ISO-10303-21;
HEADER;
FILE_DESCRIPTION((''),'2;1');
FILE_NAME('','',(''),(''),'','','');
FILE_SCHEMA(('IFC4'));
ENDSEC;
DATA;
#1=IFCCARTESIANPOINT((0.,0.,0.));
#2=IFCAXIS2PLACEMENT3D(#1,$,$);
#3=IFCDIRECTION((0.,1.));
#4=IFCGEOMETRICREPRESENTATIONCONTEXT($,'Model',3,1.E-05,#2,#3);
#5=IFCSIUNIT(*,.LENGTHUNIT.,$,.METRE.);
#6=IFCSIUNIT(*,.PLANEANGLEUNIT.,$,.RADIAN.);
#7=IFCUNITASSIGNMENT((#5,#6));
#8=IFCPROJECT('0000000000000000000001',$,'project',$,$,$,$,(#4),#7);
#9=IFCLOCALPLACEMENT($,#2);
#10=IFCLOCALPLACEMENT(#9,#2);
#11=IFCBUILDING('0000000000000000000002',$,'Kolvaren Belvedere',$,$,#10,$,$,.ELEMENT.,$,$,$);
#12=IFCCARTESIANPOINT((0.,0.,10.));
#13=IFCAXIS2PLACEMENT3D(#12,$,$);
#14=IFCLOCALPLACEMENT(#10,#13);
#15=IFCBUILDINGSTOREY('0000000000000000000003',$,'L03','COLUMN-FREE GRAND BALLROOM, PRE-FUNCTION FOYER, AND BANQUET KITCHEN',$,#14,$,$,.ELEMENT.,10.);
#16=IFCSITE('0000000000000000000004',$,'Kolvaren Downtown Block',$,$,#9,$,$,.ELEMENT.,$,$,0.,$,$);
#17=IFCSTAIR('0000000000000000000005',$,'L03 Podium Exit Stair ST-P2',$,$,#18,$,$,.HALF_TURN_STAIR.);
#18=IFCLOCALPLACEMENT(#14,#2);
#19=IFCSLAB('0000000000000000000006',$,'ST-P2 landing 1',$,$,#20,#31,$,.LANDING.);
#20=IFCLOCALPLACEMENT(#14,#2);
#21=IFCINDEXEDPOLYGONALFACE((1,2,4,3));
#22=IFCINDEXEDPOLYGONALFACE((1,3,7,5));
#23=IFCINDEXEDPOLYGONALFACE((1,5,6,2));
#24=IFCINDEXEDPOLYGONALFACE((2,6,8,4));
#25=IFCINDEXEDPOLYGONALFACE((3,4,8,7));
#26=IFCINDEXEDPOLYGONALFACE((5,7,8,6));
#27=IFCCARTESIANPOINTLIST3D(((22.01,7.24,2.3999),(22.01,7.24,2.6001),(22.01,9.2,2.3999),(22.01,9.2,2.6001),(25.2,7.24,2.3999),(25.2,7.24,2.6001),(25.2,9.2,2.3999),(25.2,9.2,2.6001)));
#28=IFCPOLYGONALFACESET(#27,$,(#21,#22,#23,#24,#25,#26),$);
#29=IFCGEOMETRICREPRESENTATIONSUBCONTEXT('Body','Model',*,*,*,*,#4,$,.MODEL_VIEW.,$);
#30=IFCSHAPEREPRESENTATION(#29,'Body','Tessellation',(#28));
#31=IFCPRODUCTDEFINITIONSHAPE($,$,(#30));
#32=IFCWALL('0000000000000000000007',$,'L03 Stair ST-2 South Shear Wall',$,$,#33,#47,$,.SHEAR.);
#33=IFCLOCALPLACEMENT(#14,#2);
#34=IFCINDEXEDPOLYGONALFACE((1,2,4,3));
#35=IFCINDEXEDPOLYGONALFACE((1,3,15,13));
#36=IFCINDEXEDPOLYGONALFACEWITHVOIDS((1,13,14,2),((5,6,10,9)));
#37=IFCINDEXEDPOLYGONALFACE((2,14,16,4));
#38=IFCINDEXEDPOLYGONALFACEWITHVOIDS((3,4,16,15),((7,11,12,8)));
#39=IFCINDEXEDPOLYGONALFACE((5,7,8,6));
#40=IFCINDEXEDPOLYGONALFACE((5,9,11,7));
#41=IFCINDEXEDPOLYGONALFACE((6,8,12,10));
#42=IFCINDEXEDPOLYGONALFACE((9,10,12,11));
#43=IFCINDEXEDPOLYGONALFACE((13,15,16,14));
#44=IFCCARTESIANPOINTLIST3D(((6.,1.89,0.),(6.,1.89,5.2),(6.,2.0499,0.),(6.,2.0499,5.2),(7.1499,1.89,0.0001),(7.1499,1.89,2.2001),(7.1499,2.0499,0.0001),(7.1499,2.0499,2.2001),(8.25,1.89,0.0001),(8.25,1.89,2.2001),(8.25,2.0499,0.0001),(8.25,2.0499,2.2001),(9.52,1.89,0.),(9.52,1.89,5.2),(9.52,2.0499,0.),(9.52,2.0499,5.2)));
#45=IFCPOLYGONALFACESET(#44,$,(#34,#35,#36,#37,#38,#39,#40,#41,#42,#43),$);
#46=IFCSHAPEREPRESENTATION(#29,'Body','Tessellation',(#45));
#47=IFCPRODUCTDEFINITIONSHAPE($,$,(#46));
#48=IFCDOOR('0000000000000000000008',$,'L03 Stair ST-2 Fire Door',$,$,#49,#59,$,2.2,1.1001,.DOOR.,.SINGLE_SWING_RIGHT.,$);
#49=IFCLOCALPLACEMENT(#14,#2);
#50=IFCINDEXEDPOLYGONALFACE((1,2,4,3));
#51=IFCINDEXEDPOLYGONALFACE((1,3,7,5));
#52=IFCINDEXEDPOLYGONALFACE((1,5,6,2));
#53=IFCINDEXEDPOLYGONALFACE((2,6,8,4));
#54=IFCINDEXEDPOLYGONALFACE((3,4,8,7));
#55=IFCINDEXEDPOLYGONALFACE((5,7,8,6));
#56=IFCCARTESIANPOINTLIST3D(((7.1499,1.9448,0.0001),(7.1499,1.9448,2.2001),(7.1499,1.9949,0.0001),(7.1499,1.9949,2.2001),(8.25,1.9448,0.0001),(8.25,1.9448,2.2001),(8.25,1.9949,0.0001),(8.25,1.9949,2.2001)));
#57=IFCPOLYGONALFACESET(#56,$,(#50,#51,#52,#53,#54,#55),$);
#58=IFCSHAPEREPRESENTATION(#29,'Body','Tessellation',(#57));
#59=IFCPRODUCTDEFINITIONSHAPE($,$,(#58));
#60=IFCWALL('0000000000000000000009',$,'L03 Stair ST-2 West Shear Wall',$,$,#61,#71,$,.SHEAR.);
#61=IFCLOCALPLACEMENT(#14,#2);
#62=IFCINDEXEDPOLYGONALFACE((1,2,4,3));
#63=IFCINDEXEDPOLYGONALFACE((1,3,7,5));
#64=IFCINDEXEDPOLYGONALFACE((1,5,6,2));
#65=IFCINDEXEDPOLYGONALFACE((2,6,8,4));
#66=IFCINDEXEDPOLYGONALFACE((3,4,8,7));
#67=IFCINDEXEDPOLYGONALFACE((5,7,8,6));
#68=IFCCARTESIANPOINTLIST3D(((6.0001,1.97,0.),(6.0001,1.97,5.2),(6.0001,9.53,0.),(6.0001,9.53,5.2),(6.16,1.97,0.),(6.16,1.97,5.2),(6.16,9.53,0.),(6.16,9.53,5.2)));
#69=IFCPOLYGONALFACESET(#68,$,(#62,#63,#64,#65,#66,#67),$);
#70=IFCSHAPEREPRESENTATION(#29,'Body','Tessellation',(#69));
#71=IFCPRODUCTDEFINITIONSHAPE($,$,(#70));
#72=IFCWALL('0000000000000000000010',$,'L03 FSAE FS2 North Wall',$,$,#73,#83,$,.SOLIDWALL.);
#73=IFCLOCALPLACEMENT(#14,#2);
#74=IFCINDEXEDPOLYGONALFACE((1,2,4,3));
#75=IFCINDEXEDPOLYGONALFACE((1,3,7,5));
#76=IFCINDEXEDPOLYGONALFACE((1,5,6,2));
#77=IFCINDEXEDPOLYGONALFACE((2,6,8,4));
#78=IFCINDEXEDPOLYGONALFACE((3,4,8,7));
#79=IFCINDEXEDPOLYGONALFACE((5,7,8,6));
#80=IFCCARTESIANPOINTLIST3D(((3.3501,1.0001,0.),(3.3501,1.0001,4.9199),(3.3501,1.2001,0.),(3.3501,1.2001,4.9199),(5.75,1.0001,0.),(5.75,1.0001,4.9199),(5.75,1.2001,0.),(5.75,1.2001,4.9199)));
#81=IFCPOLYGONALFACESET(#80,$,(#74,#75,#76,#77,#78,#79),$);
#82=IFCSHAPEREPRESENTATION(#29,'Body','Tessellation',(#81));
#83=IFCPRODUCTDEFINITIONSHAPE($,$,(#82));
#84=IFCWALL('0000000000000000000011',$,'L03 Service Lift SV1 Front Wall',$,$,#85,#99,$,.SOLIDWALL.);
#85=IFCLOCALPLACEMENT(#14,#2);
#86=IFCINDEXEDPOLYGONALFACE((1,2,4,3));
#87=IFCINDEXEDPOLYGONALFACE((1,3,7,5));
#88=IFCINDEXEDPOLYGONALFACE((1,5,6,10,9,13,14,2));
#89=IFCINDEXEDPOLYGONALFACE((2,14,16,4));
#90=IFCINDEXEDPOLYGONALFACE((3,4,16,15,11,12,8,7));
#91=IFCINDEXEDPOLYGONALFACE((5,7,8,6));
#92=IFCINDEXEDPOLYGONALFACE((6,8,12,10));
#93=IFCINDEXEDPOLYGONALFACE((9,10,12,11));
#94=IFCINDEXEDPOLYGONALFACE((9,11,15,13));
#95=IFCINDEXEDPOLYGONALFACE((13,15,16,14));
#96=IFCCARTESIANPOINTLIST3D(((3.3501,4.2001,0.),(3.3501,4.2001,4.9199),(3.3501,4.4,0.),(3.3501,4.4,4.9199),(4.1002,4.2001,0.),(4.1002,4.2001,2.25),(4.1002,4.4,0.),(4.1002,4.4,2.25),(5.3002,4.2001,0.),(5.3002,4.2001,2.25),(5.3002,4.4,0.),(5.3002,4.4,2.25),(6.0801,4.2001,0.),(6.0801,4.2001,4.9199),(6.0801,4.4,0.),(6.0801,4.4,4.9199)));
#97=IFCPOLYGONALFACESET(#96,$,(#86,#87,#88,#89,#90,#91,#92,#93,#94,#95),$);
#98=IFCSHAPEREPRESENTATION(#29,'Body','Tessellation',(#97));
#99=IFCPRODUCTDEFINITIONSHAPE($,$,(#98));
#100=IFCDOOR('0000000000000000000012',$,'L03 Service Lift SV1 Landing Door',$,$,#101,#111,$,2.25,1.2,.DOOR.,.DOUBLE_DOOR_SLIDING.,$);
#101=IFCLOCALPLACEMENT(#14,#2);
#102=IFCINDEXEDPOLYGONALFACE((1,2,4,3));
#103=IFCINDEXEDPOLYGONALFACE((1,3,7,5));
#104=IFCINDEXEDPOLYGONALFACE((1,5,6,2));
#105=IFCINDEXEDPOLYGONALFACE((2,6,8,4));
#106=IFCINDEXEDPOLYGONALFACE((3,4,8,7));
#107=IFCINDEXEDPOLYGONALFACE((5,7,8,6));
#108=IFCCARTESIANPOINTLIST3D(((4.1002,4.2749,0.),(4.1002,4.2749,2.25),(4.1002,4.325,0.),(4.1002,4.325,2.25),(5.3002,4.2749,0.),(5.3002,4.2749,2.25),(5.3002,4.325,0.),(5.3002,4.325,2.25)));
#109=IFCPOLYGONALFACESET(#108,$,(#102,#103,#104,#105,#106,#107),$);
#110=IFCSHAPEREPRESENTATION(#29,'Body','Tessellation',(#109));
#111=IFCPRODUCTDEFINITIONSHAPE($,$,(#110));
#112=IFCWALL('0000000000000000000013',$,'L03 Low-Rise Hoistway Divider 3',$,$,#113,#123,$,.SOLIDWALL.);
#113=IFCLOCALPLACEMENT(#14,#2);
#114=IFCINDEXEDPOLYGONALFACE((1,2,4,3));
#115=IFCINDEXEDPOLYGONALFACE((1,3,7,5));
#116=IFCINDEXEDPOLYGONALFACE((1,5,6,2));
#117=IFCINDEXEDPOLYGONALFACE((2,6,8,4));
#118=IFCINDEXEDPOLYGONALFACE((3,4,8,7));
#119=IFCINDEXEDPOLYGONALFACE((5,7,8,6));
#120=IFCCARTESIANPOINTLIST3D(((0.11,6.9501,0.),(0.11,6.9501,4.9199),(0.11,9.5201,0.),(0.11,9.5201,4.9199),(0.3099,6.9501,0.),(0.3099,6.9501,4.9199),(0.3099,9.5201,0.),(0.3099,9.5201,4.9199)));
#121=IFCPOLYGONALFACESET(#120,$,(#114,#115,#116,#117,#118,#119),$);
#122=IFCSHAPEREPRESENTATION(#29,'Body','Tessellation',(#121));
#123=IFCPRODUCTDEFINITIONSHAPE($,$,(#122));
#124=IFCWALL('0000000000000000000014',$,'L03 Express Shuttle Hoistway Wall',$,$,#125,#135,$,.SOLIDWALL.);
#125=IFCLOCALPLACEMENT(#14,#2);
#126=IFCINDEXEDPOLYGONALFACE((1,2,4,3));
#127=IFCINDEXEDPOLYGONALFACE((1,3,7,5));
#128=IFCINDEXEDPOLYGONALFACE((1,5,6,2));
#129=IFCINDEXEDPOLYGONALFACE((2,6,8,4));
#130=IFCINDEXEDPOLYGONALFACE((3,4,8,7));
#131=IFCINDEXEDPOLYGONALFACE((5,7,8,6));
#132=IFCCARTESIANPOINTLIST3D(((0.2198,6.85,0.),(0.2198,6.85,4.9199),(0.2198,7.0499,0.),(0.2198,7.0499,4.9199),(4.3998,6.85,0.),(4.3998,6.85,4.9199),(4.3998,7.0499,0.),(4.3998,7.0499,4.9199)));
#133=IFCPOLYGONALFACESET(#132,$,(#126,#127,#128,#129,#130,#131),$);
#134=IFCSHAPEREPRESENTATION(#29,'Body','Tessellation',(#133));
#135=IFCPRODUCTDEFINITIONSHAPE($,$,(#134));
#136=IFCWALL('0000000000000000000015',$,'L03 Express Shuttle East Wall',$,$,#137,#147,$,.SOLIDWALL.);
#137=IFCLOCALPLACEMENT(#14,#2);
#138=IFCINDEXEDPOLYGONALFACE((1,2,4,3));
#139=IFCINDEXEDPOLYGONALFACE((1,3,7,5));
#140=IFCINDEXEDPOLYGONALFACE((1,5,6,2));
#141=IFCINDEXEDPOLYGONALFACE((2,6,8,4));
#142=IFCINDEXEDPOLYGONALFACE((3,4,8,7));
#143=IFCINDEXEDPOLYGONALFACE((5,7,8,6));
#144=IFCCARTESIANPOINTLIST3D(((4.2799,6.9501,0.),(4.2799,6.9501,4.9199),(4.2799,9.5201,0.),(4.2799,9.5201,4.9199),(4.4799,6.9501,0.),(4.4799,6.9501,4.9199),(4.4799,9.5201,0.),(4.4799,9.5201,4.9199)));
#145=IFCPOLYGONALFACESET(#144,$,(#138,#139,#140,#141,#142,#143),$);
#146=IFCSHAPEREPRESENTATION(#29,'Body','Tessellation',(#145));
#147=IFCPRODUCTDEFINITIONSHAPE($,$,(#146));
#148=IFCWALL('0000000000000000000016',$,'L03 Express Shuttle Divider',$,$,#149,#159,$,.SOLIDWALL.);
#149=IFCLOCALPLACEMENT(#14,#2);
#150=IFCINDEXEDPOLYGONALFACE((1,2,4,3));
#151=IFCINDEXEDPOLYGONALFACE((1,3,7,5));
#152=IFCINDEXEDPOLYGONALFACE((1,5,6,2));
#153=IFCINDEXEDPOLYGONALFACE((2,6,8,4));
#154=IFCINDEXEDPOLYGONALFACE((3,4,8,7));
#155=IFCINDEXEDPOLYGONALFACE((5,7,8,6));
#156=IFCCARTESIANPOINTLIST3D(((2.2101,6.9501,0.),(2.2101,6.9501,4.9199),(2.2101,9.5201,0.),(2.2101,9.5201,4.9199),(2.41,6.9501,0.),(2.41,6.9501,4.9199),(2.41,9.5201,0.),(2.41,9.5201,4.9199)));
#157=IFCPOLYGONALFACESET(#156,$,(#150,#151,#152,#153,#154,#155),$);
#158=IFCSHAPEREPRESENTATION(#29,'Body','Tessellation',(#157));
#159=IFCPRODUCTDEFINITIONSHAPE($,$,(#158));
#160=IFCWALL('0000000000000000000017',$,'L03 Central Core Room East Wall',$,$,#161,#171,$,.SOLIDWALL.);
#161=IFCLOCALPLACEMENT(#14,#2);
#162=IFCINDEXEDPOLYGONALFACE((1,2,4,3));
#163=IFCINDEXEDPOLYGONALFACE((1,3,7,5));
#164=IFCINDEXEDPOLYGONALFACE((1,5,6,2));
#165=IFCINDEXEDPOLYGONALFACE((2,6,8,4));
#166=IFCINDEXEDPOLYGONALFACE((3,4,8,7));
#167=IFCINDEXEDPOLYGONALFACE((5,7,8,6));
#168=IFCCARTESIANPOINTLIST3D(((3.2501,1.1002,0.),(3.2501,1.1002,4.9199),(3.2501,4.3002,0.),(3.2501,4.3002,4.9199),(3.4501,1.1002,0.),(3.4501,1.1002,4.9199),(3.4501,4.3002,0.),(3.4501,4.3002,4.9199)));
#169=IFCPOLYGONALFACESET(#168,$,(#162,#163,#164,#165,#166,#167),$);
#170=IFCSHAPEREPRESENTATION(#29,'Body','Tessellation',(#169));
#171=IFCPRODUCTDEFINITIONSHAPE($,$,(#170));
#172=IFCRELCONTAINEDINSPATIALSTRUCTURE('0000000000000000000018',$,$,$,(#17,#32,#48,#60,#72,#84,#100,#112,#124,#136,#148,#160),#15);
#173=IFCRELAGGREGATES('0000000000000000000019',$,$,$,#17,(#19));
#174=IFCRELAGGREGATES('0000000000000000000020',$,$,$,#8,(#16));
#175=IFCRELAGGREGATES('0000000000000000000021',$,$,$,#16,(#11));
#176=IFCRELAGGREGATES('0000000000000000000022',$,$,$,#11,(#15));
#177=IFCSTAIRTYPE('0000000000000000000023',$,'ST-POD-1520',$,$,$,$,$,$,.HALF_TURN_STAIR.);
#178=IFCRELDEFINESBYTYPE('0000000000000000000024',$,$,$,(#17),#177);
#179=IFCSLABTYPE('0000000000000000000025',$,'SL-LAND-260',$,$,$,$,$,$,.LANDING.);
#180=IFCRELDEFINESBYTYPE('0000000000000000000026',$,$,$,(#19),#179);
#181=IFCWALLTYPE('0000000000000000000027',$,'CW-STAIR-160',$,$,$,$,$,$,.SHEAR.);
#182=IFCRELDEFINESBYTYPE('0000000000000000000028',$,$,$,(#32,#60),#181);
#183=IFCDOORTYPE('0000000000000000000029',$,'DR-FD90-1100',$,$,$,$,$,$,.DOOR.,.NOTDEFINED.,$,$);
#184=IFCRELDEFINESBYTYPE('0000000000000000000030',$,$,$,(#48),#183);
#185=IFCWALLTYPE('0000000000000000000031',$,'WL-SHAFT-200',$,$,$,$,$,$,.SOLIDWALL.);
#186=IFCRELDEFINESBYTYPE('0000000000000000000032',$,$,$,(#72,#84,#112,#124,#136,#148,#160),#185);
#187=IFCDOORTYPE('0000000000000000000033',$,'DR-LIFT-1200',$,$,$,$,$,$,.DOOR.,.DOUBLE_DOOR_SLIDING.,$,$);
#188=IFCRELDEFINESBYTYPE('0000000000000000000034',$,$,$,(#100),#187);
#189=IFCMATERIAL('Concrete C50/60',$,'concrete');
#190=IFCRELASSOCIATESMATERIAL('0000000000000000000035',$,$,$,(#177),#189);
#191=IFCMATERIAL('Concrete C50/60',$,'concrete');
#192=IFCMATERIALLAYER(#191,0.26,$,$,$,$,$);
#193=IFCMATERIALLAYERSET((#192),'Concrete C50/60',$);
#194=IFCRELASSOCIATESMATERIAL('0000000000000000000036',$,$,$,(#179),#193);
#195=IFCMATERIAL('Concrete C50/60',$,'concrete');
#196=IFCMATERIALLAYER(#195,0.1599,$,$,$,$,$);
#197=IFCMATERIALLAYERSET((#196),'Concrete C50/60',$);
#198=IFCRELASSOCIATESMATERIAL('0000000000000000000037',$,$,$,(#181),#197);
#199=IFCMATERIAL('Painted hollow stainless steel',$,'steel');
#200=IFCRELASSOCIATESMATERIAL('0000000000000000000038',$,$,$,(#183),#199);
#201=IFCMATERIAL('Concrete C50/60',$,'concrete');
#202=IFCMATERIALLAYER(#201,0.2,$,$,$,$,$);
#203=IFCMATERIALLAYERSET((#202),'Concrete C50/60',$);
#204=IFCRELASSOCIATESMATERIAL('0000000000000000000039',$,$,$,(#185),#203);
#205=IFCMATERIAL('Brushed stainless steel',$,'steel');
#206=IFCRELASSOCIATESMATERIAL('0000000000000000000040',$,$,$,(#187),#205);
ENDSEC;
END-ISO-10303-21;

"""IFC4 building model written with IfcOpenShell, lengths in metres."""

from ifc_helpers import new_model, si_unit, direction, frame, frame_2d, origin, place, context, subcontext, project, spatial, polyline, rectangle, outline, extrude, material, layer, layer_set, type_object, element, fill, aggregate, save


model = new_model("IFC4")

# Units and contexts
model_context = context("Model", 3, precision=1e-05, world=origin(), true_north=direction((0.0, 1.0)))
body_context = subcontext(model_context, "Body", "Model", "MODEL_VIEW")
ifc_project = project(units=[si_unit("LENGTHUNIT", "METRE"), si_unit("PLANEANGLEUNIT", "RADIAN")], contexts=[model_context])

# Site, building, storey
site_placement = place(None, origin())
site = spatial("IfcSite", under=ifc_project, at=site_placement, Name="Kolvaren Downtown Block", CompositionType="ELEMENT", RefElevation=0.0)
building_placement = place(site_placement, origin())
building = spatial("IfcBuilding", under=site, at=building_placement, Name="Kolvaren Belvedere", CompositionType="ELEMENT")
storey_placement = place(building_placement, frame((0.0, 0.0, 10.0)))
storey = spatial("IfcBuildingStorey", under=building, at=storey_placement, Name="L03", Description="COLUMN-FREE GRAND BALLROOM, PRE-FUNCTION FOYER, AND BANQUET KITCHEN", CompositionType="ELEMENT", Elevation=10.0)

# Stair, slab
ifc_material_1 = material(Name="Concrete C50/60", Category="concrete")
stair_type_1 = type_object("IfcStairType", Name="ST-POD-1520", PredefinedType="HALF_TURN_STAIR", material=ifc_material_1)
stair_1_placement = place(storey_placement, origin())
stair_1 = element("IfcStair", 1, at=stair_1_placement, inside=storey, type_object=stair_type_1, Name="L03 Podium Exit Stair ST-P2", PredefinedType="HALF_TURN_STAIR")
ifc_material_2 = material(Name="Concrete C50/60", Category="concrete")
ifc_layer_1 = layer(ifc_material_2, 0.26)
ifc_layer_set_1 = layer_set([ifc_layer_1], Name="Concrete C50/60")
slab_type = type_object("IfcSlabType", Name="SL-LAND-260", PredefinedType="LANDING", material=ifc_layer_set_1)
slab_placement = place(storey_placement, frame((0.0, 0.0, 2.3999)))
slab = element("IfcSlab", 2, at=slab_placement, type_object=slab_type, Name="ST-P2 landing 1", PredefinedType="LANDING", context=body_context, shape_type="SweptSolid", body=[
    extrude(outline(polyline([(25.2, 7.24), (25.2, 9.2), (22.01, 9.2), (22.01, 7.24), (25.2, 7.24)])), origin(), (0.0, 0.0, 1.0), 0.2002),
])
aggregate(stair_1, [slab])

# Wall, opening, door
ifc_material_3 = material(Name="Concrete C50/60", Category="concrete")
ifc_layer_2 = layer(ifc_material_3, 0.1599)
ifc_layer_set_2 = layer_set([ifc_layer_2], Name="Concrete C50/60")
wall_type_1 = type_object("IfcWallType", Name="CW-STAIR-160", PredefinedType="SHEAR", material=ifc_layer_set_2)
wall_1_placement = place(storey_placement, frame((6.0, 1.97, 0.0), z_axis=(0.0, 0.0, 1.0), x_axis=(1.0, 0.0, 0.0)))
wall_1 = element("IfcWall", 3, at=wall_1_placement, inside=storey, type_object=wall_type_1, Name="L03 Stair ST-2 South Shear Wall", PredefinedType="SHEAR", context=body_context, shape_type="SweptSolid", body=[
    extrude(rectangle(XDim=3.52, YDim=0.1599, at=frame_2d((1.76, 0.0))), origin(), (0.0, 0.0, 1.0), 5.2),
])
opening_1_placement = place(wall_1_placement, frame((1.1499, 0.0, 0.0)))
opening_1 = element("IfcOpeningElement", 4, at=opening_1_placement, cuts=wall_1, PredefinedType="OPENING", context=body_context, shape_type="SweptSolid", body=[
    extrude(rectangle(XDim=1.1001, YDim=2.2, at=frame_2d((0.55, 1.1001))), frame((0.0, 0.0898, 0.0), z_axis=(0.0, -1.0, 0.0), x_axis=(1.0, 0.0, 0.0)), (0.0, 0.0, 1.0), 0.1799),
])
ifc_material_4 = material(Name="Painted hollow stainless steel", Category="steel")
door_type_1 = type_object("IfcDoorType", Name="DR-FD90-1100", OperationType="NOTDEFINED", PredefinedType="DOOR", material=ifc_material_4)
door_1_placement = place(opening_1_placement, origin())
door_1 = element("IfcDoor", 5, at=door_1_placement, inside=storey, type_object=door_type_1, Name="L03 Stair ST-2 Fire Door", OperationType="SINGLE_SWING_RIGHT", OverallHeight=2.2, OverallWidth=1.1001, PredefinedType="DOOR", context=body_context, shape_type="SweptSolid", body=[
    extrude(rectangle(XDim=1.1001, YDim=2.2, at=frame_2d((0.55, 1.1001))), frame((0.0, 0.0249, 0.0), z_axis=(0.0, -1.0, 0.0), x_axis=(1.0, 0.0, 0.0)), (0.0, 0.0, 1.0), 0.05),
])
fill(opening_1, door_1)

# Walls
wall_2_placement = place(storey_placement, frame((6.0801, 1.97, 0.0), z_axis=(0.0, 0.0, 1.0), x_axis=(0.0, 1.0, 0.0)))
element("IfcWall", 6, at=wall_2_placement, inside=storey, type_object=wall_type_1, Name="L03 Stair ST-2 West Shear Wall", PredefinedType="SHEAR", context=body_context, shape_type="SweptSolid", body=[
    extrude(rectangle(XDim=7.5601, YDim=0.1599, at=frame_2d((3.78, 0.0))), origin(), (0.0, 0.0, 1.0), 5.2),
])
ifc_material_5 = material(Name="Concrete C50/60", Category="concrete")
ifc_layer_3 = layer(ifc_material_5, 0.2)
ifc_layer_set_3 = layer_set([ifc_layer_3], Name="Concrete C50/60")
wall_type_2 = type_object("IfcWallType", Name="WL-SHAFT-200", PredefinedType="SOLIDWALL", material=ifc_layer_set_3)
wall_3_placement = place(storey_placement, frame((3.3501, 1.1001, 0.0), z_axis=(0.0, 0.0, 1.0), x_axis=(1.0, 0.0, 0.0)))
element("IfcWall", 7, at=wall_3_placement, inside=storey, type_object=wall_type_2, Name="L03 FSAE FS2 North Wall", PredefinedType="SOLIDWALL", context=body_context, shape_type="SweptSolid", body=[
    extrude(rectangle(XDim=2.3999, YDim=0.2, at=frame_2d((1.2, 0.0))), origin(), (0.0, 0.0, 1.0), 4.9199),
])

# Wall, opening, door
wall_4_placement = place(storey_placement, frame((3.3501, 4.3, 0.0), z_axis=(0.0, 0.0, 1.0), x_axis=(1.0, 0.0, 0.0)))
wall_4 = element("IfcWall", 8, at=wall_4_placement, inside=storey, type_object=wall_type_2, Name="L03 Service Lift SV1 Front Wall", PredefinedType="SOLIDWALL", context=body_context, shape_type="SweptSolid", body=[
    extrude(rectangle(XDim=2.73, YDim=0.2, at=frame_2d((1.365, 0.0))), origin(), (0.0, 0.0, 1.0), 4.9199),
])
opening_2_placement = place(wall_4_placement, frame((0.75, 0.0, 0.0)))
opening_2 = element("IfcOpeningElement", 9, at=opening_2_placement, cuts=wall_4, PredefinedType="OPENING", context=body_context, shape_type="SweptSolid", body=[
    extrude(rectangle(XDim=1.2, YDim=2.25, at=frame_2d((0.6001, 1.125))), frame((0.0, 0.1099, 0.0), z_axis=(0.0, -1.0, 0.0), x_axis=(1.0, 0.0, 0.0)), (0.0, 0.0, 1.0), 0.22),
])
ifc_material_6 = material(Name="Brushed stainless steel", Category="steel")
door_type_2 = type_object("IfcDoorType", Name="DR-LIFT-1200", OperationType="DOUBLE_DOOR_SLIDING", PredefinedType="DOOR", material=ifc_material_6)
door_2_placement = place(opening_2_placement, origin())
door_2 = element("IfcDoor", 10, at=door_2_placement, inside=storey, type_object=door_type_2, Name="L03 Service Lift SV1 Landing Door", OperationType="DOUBLE_DOOR_SLIDING", OverallHeight=2.25, OverallWidth=1.2, PredefinedType="DOOR", context=body_context, shape_type="SweptSolid", body=[
    extrude(rectangle(XDim=1.2, YDim=2.25, at=frame_2d((0.6001, 1.125))), frame((0.0, 0.0249, 0.0), z_axis=(0.0, -1.0, 0.0), x_axis=(1.0, 0.0, 0.0)), (0.0, 0.0, 1.0), 0.05),
])
fill(opening_2, door_2)

# Walls
wall_5_placement = place(storey_placement, frame((0.21, 6.95, 0.0), z_axis=(0.0, 0.0, 1.0), x_axis=(0.0, 1.0, 0.0)))
element("IfcWall", 11, at=wall_5_placement, inside=storey, type_object=wall_type_2, Name="L03 Low-Rise Hoistway Divider 3", PredefinedType="SOLIDWALL", context=body_context, shape_type="SweptSolid", body=[
    extrude(rectangle(XDim=2.5701, YDim=0.2, at=frame_2d((1.2852, 0.0))), origin(), (0.0, 0.0, 1.0), 4.9199),
])
wall_6_placement = place(storey_placement, frame((0.22, 6.95, 0.0), z_axis=(0.0, 0.0, 1.0), x_axis=(1.0, 0.0, 0.0)))
element("IfcWall", 12, at=wall_6_placement, inside=storey, type_object=wall_type_2, Name="L03 Express Shuttle Hoistway Wall", PredefinedType="SOLIDWALL", context=body_context, shape_type="SweptSolid", body=[
    extrude(rectangle(XDim=4.1799, YDim=0.2, at=frame_2d((2.0898, 0.0))), origin(), (0.0, 0.0, 1.0), 4.9199),
])
for number, where, z_axis, x_axis, name in (
    (13, (4.3799, 6.95, 0.0), (0.0, 0.0, 1.0), (0.0, 1.0, 0.0), "L03 Express Shuttle East Wall"),
    (14, (2.3101, 6.95, 0.0), (0.0, 0.0, 1.0), (0.0, 1.0, 0.0), "L03 Express Shuttle Divider"),
):
    element("IfcWall", number, at=place(storey_placement, frame(where, z_axis=z_axis, x_axis=x_axis)), inside=storey, type_object=wall_type_2, Name=name, PredefinedType="SOLIDWALL", context=body_context, shape_type="SweptSolid", body=[
        extrude(rectangle(XDim=2.5701, YDim=0.2, at=frame_2d((1.2852, 0.0))), origin(), (0.0, 0.0, 1.0), 4.9199),
    ])
wall_7_placement = place(storey_placement, frame((3.3501, 1.1001, 0.0), z_axis=(0.0, 0.0, 1.0), x_axis=(0.0, 1.0, 0.0)))
element("IfcWall", 15, at=wall_7_placement, inside=storey, type_object=wall_type_2, Name="L03 Central Core Room East Wall", PredefinedType="SOLIDWALL", context=body_context, shape_type="SweptSolid", body=[
    extrude(rectangle(XDim=3.2, YDim=0.2, at=frame_2d((1.6001, 0.0))), origin(), (0.0, 0.0, 1.0), 4.9199),
])

save(model, "model.ifc")
